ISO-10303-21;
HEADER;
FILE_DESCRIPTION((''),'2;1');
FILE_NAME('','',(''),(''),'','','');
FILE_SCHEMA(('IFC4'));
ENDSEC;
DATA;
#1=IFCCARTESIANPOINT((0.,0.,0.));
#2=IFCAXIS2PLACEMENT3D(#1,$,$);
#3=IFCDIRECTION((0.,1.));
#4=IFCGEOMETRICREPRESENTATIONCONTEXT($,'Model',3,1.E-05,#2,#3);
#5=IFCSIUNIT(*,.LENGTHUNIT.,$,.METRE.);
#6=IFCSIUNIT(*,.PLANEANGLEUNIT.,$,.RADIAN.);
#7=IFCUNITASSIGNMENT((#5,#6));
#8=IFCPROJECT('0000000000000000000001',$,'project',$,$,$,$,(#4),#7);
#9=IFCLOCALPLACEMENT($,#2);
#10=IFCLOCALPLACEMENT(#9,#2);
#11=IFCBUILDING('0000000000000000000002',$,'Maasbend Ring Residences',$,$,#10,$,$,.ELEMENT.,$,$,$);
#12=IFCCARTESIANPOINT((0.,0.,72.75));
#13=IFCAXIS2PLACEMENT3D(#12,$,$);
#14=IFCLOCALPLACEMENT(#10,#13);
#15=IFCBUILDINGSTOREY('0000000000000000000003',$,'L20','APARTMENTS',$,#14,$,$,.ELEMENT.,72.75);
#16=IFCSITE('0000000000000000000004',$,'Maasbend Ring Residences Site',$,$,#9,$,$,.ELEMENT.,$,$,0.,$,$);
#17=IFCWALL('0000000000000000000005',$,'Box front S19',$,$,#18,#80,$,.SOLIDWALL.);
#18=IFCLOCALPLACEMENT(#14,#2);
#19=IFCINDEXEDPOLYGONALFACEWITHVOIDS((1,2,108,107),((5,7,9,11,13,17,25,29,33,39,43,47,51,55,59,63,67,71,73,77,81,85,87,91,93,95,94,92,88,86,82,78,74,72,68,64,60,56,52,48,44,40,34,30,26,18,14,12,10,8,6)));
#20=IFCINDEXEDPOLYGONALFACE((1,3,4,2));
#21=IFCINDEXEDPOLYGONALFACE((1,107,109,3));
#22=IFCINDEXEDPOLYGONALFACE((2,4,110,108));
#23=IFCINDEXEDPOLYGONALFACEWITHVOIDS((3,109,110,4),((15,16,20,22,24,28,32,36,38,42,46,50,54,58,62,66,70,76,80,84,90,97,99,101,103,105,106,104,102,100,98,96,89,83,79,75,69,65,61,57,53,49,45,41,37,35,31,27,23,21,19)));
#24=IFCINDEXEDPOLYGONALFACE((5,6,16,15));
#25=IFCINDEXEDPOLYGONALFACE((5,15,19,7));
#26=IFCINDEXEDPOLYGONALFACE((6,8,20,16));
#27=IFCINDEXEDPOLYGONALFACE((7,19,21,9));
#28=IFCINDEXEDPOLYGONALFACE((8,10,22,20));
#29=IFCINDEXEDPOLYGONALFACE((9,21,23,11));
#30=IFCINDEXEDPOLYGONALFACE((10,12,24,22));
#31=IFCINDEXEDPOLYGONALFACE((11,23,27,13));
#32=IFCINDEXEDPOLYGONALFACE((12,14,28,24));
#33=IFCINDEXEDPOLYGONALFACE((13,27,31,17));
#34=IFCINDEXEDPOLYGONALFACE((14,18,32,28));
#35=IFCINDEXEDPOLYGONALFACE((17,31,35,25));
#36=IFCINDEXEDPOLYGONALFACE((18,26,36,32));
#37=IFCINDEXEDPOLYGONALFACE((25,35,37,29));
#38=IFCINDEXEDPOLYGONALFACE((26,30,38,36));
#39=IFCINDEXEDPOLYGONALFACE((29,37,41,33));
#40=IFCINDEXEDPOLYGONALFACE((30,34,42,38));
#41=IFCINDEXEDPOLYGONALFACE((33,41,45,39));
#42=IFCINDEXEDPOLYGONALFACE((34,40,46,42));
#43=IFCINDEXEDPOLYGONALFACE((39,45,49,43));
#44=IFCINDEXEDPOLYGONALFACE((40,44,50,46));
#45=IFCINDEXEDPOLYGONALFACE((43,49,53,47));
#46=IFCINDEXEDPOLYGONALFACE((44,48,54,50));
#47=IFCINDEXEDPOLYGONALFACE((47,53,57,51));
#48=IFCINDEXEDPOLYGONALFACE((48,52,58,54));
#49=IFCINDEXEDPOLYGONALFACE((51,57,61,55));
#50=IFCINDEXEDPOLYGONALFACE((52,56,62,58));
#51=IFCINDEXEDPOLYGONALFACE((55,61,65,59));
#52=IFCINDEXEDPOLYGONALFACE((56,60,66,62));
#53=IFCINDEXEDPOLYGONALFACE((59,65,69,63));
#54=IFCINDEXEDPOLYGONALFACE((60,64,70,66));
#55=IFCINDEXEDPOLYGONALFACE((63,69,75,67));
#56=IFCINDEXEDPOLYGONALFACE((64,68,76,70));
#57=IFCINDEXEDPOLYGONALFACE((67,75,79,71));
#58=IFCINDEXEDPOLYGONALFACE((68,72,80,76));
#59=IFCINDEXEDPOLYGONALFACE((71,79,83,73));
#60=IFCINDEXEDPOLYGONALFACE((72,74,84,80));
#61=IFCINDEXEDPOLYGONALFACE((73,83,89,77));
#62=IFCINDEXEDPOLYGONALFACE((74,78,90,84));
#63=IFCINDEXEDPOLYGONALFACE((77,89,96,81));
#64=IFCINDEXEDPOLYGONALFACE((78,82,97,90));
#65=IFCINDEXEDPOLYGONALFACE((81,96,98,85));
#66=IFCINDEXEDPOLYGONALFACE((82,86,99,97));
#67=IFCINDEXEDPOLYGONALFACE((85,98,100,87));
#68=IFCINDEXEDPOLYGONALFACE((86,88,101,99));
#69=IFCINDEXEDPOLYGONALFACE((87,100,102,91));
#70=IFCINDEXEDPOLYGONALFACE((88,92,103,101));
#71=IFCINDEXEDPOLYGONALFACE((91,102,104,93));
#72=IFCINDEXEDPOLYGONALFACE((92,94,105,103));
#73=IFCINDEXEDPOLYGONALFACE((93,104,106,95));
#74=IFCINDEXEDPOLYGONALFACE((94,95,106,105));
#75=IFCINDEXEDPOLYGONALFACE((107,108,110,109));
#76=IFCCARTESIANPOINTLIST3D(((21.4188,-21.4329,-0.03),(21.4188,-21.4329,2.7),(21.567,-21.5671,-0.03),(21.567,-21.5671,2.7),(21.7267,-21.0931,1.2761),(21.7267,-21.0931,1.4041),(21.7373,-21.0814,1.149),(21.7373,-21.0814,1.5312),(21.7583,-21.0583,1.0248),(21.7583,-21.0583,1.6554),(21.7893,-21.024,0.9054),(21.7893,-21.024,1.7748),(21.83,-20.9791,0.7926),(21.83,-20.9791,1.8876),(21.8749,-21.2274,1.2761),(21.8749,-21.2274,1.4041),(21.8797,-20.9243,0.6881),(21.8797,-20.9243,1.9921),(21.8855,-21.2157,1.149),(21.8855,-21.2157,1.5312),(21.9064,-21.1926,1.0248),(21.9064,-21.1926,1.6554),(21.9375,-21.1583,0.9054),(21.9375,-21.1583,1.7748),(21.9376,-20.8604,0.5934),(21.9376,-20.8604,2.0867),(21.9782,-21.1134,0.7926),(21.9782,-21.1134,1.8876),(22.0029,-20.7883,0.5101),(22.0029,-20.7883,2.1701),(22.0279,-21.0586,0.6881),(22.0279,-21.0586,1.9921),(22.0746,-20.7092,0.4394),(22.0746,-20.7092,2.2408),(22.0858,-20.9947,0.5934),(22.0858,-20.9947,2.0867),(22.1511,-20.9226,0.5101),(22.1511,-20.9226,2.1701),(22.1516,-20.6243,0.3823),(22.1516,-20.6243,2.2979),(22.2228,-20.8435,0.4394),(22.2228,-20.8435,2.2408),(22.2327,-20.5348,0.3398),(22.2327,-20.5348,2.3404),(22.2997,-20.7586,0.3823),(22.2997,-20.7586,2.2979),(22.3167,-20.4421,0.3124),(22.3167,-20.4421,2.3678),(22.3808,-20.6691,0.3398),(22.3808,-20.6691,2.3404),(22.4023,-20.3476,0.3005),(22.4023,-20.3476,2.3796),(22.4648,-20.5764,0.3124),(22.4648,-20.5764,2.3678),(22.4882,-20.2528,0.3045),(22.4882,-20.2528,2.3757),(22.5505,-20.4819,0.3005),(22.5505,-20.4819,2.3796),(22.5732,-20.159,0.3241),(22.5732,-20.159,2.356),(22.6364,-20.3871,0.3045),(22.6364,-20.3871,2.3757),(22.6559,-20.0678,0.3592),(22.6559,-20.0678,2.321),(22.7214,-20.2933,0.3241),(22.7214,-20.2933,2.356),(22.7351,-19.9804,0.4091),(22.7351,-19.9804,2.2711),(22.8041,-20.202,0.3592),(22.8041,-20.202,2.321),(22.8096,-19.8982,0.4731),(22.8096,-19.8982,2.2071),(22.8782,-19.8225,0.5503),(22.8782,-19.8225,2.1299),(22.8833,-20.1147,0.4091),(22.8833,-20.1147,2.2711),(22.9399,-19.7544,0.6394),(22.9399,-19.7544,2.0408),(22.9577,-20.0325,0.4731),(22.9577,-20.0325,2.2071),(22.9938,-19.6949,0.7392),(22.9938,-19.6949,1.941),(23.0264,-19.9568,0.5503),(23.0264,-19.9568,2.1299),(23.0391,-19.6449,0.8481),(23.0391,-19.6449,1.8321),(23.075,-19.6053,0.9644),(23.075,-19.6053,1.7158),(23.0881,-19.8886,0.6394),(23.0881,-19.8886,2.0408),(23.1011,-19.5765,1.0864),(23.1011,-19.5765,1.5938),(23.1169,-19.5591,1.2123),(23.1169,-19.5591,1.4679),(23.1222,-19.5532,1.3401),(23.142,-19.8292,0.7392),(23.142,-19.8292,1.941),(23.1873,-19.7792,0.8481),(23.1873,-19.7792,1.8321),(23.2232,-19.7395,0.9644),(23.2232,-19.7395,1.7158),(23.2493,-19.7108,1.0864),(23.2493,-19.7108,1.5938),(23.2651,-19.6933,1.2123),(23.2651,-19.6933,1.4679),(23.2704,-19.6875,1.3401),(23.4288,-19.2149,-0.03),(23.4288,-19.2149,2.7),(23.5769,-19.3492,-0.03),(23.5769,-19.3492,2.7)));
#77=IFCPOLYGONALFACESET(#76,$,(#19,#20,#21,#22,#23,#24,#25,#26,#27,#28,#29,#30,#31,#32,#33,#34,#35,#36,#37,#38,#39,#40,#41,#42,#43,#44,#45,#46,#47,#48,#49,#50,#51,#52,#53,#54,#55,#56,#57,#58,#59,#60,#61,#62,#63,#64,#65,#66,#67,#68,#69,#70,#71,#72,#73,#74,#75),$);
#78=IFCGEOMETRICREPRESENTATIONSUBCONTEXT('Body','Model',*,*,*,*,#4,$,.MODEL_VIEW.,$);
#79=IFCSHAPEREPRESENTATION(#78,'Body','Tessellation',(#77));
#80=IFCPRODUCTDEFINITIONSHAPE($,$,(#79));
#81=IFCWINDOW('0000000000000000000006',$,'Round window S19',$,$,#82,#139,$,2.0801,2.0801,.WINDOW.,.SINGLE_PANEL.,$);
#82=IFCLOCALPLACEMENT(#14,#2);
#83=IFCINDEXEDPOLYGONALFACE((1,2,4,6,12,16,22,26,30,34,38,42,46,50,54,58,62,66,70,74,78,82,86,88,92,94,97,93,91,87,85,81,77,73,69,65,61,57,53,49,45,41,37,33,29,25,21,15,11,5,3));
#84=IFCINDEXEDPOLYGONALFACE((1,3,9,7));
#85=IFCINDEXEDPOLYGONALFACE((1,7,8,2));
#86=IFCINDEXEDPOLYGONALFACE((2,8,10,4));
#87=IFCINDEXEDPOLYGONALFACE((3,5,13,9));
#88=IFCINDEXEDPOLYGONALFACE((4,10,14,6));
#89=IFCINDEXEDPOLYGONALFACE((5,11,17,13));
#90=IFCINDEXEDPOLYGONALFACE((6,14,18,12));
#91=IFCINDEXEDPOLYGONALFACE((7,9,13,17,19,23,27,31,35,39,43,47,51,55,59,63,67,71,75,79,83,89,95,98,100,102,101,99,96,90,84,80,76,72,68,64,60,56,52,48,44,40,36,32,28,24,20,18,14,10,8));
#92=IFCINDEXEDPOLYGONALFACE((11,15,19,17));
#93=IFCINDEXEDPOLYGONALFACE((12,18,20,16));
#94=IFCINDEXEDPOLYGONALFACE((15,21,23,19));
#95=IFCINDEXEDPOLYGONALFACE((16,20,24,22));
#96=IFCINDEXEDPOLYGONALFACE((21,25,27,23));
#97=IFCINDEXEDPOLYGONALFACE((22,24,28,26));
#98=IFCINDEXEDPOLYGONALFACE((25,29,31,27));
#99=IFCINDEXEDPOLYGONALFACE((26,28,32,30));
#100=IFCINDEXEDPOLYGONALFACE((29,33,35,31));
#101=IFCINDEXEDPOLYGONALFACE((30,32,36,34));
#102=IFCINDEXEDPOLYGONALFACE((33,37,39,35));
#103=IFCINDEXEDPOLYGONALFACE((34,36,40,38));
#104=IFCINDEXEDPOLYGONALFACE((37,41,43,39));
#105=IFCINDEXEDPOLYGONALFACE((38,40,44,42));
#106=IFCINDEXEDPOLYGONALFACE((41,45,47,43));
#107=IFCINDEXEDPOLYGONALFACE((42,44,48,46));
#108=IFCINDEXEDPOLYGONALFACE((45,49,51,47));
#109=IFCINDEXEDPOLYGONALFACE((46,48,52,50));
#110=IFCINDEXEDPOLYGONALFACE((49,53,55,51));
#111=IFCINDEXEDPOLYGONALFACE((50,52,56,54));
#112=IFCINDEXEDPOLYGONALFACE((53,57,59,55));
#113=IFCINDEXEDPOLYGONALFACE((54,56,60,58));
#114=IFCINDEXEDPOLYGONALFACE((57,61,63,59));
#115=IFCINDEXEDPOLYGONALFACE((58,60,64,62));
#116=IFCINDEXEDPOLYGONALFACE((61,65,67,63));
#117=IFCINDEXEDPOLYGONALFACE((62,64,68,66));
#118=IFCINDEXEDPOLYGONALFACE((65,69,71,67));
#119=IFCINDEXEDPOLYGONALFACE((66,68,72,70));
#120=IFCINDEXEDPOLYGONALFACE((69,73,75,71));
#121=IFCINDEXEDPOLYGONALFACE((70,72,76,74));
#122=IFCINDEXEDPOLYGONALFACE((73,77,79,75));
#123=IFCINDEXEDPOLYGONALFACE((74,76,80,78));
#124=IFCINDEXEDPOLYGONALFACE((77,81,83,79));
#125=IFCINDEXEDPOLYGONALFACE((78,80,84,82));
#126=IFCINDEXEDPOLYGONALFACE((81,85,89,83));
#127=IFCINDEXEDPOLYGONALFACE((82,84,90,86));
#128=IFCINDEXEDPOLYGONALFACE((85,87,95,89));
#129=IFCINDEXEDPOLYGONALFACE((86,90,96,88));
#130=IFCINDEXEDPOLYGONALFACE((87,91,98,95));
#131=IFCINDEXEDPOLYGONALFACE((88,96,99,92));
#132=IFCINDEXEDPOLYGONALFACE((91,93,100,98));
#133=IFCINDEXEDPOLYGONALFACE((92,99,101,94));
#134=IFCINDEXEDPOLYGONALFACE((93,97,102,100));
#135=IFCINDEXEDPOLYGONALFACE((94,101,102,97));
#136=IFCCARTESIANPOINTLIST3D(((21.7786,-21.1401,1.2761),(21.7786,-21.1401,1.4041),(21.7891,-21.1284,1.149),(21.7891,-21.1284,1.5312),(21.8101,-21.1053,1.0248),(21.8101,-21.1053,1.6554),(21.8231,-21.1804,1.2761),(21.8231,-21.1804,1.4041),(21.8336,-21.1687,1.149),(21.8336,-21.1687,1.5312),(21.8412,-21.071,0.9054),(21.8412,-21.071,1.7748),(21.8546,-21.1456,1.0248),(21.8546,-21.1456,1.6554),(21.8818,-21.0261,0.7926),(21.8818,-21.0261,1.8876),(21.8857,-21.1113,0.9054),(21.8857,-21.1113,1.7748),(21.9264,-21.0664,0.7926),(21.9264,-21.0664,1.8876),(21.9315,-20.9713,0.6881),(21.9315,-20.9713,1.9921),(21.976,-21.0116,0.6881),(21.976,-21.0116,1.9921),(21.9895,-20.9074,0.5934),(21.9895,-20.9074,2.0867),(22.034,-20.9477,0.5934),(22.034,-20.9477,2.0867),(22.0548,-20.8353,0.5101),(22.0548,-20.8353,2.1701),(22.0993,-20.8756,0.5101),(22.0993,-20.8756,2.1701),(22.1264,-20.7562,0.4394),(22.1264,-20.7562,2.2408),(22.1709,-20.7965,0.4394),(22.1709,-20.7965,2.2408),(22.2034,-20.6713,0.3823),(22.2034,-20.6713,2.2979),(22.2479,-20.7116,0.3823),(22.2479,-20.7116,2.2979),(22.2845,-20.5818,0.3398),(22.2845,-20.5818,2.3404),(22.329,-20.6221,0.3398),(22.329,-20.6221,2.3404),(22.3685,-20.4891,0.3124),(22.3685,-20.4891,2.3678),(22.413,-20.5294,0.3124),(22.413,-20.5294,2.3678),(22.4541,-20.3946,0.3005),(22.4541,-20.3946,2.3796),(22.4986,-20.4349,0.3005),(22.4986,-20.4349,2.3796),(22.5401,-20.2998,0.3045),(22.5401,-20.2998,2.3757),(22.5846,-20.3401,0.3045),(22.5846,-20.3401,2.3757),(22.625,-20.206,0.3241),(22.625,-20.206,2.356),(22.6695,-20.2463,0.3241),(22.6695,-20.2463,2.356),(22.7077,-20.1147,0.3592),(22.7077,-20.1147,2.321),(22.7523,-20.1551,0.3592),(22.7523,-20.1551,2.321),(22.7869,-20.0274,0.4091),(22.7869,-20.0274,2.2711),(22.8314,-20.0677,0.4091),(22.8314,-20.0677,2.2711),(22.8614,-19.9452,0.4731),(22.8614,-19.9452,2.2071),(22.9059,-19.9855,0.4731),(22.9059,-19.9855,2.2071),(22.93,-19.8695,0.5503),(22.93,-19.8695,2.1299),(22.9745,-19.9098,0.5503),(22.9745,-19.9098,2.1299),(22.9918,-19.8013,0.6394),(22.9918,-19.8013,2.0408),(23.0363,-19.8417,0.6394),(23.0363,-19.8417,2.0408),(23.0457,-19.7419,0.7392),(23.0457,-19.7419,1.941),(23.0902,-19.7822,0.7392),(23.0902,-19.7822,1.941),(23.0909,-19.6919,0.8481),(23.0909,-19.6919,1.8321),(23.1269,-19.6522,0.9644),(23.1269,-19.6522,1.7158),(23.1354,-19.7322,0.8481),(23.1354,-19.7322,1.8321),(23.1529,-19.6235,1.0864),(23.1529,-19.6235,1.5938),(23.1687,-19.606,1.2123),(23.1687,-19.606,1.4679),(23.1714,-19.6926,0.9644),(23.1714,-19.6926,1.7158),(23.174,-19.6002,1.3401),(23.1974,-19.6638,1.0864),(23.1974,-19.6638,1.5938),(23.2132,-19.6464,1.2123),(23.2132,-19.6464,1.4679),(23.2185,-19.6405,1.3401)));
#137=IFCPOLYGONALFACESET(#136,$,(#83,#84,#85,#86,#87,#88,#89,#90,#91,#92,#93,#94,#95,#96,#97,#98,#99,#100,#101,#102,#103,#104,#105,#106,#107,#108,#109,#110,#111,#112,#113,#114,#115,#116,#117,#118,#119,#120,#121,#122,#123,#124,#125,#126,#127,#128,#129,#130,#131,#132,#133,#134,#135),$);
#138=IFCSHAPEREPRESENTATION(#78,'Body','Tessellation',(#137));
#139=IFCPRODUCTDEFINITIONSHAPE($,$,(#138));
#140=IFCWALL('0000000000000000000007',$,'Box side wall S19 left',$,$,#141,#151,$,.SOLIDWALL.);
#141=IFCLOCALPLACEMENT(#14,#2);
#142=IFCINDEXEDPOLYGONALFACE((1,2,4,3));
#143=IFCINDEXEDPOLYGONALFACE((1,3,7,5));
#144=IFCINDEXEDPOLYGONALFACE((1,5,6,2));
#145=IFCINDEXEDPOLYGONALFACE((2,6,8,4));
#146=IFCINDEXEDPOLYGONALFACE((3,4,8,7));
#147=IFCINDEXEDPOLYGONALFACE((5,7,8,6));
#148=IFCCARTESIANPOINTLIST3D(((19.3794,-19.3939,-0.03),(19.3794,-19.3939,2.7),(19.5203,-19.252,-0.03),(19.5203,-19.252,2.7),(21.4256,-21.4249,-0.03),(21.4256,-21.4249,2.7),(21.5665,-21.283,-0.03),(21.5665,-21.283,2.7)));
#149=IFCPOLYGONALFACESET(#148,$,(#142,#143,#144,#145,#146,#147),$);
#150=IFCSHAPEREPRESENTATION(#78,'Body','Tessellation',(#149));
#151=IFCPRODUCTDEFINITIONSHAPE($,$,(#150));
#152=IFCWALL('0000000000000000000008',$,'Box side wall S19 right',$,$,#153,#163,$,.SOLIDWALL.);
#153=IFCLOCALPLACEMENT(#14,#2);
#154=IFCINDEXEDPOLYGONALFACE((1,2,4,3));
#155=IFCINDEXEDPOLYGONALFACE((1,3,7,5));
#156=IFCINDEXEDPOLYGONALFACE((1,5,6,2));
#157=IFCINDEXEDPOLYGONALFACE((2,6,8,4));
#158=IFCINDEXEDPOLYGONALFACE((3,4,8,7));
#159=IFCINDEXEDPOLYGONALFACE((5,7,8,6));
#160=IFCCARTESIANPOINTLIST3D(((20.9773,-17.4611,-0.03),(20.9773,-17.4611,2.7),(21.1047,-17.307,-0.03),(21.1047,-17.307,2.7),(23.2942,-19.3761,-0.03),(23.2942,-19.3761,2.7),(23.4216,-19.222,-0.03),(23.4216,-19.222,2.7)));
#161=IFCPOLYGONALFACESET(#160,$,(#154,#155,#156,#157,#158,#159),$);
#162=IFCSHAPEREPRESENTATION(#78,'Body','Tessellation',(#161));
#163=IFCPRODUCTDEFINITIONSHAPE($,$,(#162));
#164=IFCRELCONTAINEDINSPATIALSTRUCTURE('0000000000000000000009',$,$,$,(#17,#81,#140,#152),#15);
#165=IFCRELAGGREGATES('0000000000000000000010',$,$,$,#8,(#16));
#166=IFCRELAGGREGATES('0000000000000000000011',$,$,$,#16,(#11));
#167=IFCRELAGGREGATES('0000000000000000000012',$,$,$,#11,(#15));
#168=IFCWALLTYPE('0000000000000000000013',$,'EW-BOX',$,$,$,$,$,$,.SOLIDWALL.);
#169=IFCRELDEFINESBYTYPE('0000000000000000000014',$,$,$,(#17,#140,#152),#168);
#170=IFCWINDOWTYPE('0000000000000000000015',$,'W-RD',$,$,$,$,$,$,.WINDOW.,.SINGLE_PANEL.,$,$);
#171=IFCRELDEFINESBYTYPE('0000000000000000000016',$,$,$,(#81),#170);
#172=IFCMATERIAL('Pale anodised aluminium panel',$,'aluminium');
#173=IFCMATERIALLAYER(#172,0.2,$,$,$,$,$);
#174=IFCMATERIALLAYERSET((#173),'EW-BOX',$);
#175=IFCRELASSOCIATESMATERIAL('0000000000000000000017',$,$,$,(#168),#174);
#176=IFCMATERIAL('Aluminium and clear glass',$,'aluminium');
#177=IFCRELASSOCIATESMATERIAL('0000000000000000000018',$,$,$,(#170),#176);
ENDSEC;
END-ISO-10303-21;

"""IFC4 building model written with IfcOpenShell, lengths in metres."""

from ifc_helpers import new_model, si_unit, direction, frame, frame_2d, origin, place, context, subcontext, project, spatial, rectangle, circle, extrude, material, layer, layer_set, type_object, element, fill, save


model = new_model("IFC4")

# Units and contexts
model_context = context("Model", 3, precision=1e-05, world=origin(), true_north=direction((0.0, 1.0)))
body_context = subcontext(model_context, "Body", "Model", "MODEL_VIEW")
ifc_project = project(units=[si_unit("LENGTHUNIT", "METRE"), si_unit("PLANEANGLEUNIT", "RADIAN")], contexts=[model_context])

# Site, building, storey
site_placement = place(None, origin())
site = spatial("IfcSite", under=ifc_project, at=site_placement, Name="Maasbend Ring Residences Site", CompositionType="ELEMENT", RefElevation=0.0)
building_placement = place(site_placement, origin())
building = spatial("IfcBuilding", under=site, at=building_placement, Name="Maasbend Ring Residences", CompositionType="ELEMENT")
storey_placement = place(building_placement, frame((0.0, 0.0, 72.75)))
storey = spatial("IfcBuildingStorey", under=building, at=storey_placement, Name="L20", Description="APARTMENTS", CompositionType="ELEMENT", Elevation=72.75)

# Shared definitions
ifc_material_1 = material(Name="Pale anodised aluminium panel", Category="aluminium")
ifc_layer_1 = layer(ifc_material_1, 0.2)
ifc_layer_set_1 = layer_set([ifc_layer_1], Name="EW-BOX")
wall_type_1 = type_object("IfcWallType", Name="EW-BOX", PredefinedType="SOLIDWALL", material=ifc_layer_set_1)
ifc_material_2 = material(Name="Aluminium and clear glass", Category="aluminium")
window_type_1 = type_object("IfcWindowType", Name="W-RD", PartitioningType="SINGLE_PANEL", PredefinedType="WINDOW", material=ifc_material_2)

# Wall, opening, window
wall_1_placement = place(storey_placement, frame((21.4929, -21.5, -0.03), z_axis=(0.0, 0.0, 1.0), x_axis=(0.671507, 0.740998, 0.0)))
wall_1 = element("IfcWall", 1, at=wall_1_placement, inside=storey, type_object=wall_type_1, Name="Box front S19", PredefinedType="SOLIDWALL", context=body_context, shape_type="SweptSolid", body=[
    extrude(rectangle(XDim=2.9932, YDim=0.2, at=frame_2d((1.4966, 0.0))), origin(), (0.0, 0.0, 1.0), 2.73),
])
opening_1_placement = place(wall_1_placement, frame((0.4565, 0.0, 0.3301)))
opening_1 = element("IfcOpeningElement", 2, at=opening_1_placement, cuts=wall_1, PredefinedType="OPENING", context=body_context, shape_type="SweptSolid", body=[
    extrude(circle(Radius=1.04, at=frame_2d((1.04, 1.04))), frame((0.0, 0.1099, 0.0), z_axis=(0.0, -1.0, 0.0), x_axis=(1.0, 0.0, 0.0)), (0.0, 0.0, 1.0), 0.22),
])
window_1_placement = place(opening_1_placement, origin())
window_1 = element("IfcWindow", 3, at=window_1_placement, inside=storey, type_object=window_type_1, Name="Round window S19", OverallHeight=2.0801, OverallWidth=2.0801, PartitioningType="SINGLE_PANEL", PredefinedType="WINDOW", context=body_context, shape_type="SweptSolid", body=[
    extrude(circle(Radius=1.04, at=frame_2d((1.04, 1.04))), frame((0.0, 0.03, 0.0), z_axis=(0.0, -1.0, 0.0), x_axis=(1.0, 0.0, 0.0)), (0.0, 0.0, 1.0), 0.0601),
])
fill(opening_1, window_1)

# Walls
wall_2_placement = place(storey_placement, frame((19.45, -19.323, -0.03), z_axis=(0.0, 0.0, 1.0), x_axis=(0.709727, -0.704477, 0.0)))
element("IfcWall", 4, at=wall_2_placement, inside=storey, type_object=wall_type_1, Name="Box side wall S19 left", PredefinedType="SOLIDWALL", context=body_context, shape_type="SweptSolid", body=[
    extrude(rectangle(XDim=2.8831, YDim=0.2, at=frame_2d((1.4414, 0.0))), origin(), (0.0, 0.0, 1.0), 2.73),
])
wall_3_placement = place(storey_placement, frame((21.041, -17.384, -0.03), z_axis=(0.0, 0.0, 1.0), x_axis=(0.770785, -0.637096, 0.0)))
element("IfcWall", 5, at=wall_3_placement, inside=storey, type_object=wall_type_1, Name="Box side wall S19 right", PredefinedType="SOLIDWALL", context=body_context, shape_type="SweptSolid", body=[
    extrude(rectangle(XDim=3.0059, YDim=0.2, at=frame_2d((1.5029, 0.0))), origin(), (0.0, 0.0, 1.0), 2.73),
])

save(model, "model.ifc")
